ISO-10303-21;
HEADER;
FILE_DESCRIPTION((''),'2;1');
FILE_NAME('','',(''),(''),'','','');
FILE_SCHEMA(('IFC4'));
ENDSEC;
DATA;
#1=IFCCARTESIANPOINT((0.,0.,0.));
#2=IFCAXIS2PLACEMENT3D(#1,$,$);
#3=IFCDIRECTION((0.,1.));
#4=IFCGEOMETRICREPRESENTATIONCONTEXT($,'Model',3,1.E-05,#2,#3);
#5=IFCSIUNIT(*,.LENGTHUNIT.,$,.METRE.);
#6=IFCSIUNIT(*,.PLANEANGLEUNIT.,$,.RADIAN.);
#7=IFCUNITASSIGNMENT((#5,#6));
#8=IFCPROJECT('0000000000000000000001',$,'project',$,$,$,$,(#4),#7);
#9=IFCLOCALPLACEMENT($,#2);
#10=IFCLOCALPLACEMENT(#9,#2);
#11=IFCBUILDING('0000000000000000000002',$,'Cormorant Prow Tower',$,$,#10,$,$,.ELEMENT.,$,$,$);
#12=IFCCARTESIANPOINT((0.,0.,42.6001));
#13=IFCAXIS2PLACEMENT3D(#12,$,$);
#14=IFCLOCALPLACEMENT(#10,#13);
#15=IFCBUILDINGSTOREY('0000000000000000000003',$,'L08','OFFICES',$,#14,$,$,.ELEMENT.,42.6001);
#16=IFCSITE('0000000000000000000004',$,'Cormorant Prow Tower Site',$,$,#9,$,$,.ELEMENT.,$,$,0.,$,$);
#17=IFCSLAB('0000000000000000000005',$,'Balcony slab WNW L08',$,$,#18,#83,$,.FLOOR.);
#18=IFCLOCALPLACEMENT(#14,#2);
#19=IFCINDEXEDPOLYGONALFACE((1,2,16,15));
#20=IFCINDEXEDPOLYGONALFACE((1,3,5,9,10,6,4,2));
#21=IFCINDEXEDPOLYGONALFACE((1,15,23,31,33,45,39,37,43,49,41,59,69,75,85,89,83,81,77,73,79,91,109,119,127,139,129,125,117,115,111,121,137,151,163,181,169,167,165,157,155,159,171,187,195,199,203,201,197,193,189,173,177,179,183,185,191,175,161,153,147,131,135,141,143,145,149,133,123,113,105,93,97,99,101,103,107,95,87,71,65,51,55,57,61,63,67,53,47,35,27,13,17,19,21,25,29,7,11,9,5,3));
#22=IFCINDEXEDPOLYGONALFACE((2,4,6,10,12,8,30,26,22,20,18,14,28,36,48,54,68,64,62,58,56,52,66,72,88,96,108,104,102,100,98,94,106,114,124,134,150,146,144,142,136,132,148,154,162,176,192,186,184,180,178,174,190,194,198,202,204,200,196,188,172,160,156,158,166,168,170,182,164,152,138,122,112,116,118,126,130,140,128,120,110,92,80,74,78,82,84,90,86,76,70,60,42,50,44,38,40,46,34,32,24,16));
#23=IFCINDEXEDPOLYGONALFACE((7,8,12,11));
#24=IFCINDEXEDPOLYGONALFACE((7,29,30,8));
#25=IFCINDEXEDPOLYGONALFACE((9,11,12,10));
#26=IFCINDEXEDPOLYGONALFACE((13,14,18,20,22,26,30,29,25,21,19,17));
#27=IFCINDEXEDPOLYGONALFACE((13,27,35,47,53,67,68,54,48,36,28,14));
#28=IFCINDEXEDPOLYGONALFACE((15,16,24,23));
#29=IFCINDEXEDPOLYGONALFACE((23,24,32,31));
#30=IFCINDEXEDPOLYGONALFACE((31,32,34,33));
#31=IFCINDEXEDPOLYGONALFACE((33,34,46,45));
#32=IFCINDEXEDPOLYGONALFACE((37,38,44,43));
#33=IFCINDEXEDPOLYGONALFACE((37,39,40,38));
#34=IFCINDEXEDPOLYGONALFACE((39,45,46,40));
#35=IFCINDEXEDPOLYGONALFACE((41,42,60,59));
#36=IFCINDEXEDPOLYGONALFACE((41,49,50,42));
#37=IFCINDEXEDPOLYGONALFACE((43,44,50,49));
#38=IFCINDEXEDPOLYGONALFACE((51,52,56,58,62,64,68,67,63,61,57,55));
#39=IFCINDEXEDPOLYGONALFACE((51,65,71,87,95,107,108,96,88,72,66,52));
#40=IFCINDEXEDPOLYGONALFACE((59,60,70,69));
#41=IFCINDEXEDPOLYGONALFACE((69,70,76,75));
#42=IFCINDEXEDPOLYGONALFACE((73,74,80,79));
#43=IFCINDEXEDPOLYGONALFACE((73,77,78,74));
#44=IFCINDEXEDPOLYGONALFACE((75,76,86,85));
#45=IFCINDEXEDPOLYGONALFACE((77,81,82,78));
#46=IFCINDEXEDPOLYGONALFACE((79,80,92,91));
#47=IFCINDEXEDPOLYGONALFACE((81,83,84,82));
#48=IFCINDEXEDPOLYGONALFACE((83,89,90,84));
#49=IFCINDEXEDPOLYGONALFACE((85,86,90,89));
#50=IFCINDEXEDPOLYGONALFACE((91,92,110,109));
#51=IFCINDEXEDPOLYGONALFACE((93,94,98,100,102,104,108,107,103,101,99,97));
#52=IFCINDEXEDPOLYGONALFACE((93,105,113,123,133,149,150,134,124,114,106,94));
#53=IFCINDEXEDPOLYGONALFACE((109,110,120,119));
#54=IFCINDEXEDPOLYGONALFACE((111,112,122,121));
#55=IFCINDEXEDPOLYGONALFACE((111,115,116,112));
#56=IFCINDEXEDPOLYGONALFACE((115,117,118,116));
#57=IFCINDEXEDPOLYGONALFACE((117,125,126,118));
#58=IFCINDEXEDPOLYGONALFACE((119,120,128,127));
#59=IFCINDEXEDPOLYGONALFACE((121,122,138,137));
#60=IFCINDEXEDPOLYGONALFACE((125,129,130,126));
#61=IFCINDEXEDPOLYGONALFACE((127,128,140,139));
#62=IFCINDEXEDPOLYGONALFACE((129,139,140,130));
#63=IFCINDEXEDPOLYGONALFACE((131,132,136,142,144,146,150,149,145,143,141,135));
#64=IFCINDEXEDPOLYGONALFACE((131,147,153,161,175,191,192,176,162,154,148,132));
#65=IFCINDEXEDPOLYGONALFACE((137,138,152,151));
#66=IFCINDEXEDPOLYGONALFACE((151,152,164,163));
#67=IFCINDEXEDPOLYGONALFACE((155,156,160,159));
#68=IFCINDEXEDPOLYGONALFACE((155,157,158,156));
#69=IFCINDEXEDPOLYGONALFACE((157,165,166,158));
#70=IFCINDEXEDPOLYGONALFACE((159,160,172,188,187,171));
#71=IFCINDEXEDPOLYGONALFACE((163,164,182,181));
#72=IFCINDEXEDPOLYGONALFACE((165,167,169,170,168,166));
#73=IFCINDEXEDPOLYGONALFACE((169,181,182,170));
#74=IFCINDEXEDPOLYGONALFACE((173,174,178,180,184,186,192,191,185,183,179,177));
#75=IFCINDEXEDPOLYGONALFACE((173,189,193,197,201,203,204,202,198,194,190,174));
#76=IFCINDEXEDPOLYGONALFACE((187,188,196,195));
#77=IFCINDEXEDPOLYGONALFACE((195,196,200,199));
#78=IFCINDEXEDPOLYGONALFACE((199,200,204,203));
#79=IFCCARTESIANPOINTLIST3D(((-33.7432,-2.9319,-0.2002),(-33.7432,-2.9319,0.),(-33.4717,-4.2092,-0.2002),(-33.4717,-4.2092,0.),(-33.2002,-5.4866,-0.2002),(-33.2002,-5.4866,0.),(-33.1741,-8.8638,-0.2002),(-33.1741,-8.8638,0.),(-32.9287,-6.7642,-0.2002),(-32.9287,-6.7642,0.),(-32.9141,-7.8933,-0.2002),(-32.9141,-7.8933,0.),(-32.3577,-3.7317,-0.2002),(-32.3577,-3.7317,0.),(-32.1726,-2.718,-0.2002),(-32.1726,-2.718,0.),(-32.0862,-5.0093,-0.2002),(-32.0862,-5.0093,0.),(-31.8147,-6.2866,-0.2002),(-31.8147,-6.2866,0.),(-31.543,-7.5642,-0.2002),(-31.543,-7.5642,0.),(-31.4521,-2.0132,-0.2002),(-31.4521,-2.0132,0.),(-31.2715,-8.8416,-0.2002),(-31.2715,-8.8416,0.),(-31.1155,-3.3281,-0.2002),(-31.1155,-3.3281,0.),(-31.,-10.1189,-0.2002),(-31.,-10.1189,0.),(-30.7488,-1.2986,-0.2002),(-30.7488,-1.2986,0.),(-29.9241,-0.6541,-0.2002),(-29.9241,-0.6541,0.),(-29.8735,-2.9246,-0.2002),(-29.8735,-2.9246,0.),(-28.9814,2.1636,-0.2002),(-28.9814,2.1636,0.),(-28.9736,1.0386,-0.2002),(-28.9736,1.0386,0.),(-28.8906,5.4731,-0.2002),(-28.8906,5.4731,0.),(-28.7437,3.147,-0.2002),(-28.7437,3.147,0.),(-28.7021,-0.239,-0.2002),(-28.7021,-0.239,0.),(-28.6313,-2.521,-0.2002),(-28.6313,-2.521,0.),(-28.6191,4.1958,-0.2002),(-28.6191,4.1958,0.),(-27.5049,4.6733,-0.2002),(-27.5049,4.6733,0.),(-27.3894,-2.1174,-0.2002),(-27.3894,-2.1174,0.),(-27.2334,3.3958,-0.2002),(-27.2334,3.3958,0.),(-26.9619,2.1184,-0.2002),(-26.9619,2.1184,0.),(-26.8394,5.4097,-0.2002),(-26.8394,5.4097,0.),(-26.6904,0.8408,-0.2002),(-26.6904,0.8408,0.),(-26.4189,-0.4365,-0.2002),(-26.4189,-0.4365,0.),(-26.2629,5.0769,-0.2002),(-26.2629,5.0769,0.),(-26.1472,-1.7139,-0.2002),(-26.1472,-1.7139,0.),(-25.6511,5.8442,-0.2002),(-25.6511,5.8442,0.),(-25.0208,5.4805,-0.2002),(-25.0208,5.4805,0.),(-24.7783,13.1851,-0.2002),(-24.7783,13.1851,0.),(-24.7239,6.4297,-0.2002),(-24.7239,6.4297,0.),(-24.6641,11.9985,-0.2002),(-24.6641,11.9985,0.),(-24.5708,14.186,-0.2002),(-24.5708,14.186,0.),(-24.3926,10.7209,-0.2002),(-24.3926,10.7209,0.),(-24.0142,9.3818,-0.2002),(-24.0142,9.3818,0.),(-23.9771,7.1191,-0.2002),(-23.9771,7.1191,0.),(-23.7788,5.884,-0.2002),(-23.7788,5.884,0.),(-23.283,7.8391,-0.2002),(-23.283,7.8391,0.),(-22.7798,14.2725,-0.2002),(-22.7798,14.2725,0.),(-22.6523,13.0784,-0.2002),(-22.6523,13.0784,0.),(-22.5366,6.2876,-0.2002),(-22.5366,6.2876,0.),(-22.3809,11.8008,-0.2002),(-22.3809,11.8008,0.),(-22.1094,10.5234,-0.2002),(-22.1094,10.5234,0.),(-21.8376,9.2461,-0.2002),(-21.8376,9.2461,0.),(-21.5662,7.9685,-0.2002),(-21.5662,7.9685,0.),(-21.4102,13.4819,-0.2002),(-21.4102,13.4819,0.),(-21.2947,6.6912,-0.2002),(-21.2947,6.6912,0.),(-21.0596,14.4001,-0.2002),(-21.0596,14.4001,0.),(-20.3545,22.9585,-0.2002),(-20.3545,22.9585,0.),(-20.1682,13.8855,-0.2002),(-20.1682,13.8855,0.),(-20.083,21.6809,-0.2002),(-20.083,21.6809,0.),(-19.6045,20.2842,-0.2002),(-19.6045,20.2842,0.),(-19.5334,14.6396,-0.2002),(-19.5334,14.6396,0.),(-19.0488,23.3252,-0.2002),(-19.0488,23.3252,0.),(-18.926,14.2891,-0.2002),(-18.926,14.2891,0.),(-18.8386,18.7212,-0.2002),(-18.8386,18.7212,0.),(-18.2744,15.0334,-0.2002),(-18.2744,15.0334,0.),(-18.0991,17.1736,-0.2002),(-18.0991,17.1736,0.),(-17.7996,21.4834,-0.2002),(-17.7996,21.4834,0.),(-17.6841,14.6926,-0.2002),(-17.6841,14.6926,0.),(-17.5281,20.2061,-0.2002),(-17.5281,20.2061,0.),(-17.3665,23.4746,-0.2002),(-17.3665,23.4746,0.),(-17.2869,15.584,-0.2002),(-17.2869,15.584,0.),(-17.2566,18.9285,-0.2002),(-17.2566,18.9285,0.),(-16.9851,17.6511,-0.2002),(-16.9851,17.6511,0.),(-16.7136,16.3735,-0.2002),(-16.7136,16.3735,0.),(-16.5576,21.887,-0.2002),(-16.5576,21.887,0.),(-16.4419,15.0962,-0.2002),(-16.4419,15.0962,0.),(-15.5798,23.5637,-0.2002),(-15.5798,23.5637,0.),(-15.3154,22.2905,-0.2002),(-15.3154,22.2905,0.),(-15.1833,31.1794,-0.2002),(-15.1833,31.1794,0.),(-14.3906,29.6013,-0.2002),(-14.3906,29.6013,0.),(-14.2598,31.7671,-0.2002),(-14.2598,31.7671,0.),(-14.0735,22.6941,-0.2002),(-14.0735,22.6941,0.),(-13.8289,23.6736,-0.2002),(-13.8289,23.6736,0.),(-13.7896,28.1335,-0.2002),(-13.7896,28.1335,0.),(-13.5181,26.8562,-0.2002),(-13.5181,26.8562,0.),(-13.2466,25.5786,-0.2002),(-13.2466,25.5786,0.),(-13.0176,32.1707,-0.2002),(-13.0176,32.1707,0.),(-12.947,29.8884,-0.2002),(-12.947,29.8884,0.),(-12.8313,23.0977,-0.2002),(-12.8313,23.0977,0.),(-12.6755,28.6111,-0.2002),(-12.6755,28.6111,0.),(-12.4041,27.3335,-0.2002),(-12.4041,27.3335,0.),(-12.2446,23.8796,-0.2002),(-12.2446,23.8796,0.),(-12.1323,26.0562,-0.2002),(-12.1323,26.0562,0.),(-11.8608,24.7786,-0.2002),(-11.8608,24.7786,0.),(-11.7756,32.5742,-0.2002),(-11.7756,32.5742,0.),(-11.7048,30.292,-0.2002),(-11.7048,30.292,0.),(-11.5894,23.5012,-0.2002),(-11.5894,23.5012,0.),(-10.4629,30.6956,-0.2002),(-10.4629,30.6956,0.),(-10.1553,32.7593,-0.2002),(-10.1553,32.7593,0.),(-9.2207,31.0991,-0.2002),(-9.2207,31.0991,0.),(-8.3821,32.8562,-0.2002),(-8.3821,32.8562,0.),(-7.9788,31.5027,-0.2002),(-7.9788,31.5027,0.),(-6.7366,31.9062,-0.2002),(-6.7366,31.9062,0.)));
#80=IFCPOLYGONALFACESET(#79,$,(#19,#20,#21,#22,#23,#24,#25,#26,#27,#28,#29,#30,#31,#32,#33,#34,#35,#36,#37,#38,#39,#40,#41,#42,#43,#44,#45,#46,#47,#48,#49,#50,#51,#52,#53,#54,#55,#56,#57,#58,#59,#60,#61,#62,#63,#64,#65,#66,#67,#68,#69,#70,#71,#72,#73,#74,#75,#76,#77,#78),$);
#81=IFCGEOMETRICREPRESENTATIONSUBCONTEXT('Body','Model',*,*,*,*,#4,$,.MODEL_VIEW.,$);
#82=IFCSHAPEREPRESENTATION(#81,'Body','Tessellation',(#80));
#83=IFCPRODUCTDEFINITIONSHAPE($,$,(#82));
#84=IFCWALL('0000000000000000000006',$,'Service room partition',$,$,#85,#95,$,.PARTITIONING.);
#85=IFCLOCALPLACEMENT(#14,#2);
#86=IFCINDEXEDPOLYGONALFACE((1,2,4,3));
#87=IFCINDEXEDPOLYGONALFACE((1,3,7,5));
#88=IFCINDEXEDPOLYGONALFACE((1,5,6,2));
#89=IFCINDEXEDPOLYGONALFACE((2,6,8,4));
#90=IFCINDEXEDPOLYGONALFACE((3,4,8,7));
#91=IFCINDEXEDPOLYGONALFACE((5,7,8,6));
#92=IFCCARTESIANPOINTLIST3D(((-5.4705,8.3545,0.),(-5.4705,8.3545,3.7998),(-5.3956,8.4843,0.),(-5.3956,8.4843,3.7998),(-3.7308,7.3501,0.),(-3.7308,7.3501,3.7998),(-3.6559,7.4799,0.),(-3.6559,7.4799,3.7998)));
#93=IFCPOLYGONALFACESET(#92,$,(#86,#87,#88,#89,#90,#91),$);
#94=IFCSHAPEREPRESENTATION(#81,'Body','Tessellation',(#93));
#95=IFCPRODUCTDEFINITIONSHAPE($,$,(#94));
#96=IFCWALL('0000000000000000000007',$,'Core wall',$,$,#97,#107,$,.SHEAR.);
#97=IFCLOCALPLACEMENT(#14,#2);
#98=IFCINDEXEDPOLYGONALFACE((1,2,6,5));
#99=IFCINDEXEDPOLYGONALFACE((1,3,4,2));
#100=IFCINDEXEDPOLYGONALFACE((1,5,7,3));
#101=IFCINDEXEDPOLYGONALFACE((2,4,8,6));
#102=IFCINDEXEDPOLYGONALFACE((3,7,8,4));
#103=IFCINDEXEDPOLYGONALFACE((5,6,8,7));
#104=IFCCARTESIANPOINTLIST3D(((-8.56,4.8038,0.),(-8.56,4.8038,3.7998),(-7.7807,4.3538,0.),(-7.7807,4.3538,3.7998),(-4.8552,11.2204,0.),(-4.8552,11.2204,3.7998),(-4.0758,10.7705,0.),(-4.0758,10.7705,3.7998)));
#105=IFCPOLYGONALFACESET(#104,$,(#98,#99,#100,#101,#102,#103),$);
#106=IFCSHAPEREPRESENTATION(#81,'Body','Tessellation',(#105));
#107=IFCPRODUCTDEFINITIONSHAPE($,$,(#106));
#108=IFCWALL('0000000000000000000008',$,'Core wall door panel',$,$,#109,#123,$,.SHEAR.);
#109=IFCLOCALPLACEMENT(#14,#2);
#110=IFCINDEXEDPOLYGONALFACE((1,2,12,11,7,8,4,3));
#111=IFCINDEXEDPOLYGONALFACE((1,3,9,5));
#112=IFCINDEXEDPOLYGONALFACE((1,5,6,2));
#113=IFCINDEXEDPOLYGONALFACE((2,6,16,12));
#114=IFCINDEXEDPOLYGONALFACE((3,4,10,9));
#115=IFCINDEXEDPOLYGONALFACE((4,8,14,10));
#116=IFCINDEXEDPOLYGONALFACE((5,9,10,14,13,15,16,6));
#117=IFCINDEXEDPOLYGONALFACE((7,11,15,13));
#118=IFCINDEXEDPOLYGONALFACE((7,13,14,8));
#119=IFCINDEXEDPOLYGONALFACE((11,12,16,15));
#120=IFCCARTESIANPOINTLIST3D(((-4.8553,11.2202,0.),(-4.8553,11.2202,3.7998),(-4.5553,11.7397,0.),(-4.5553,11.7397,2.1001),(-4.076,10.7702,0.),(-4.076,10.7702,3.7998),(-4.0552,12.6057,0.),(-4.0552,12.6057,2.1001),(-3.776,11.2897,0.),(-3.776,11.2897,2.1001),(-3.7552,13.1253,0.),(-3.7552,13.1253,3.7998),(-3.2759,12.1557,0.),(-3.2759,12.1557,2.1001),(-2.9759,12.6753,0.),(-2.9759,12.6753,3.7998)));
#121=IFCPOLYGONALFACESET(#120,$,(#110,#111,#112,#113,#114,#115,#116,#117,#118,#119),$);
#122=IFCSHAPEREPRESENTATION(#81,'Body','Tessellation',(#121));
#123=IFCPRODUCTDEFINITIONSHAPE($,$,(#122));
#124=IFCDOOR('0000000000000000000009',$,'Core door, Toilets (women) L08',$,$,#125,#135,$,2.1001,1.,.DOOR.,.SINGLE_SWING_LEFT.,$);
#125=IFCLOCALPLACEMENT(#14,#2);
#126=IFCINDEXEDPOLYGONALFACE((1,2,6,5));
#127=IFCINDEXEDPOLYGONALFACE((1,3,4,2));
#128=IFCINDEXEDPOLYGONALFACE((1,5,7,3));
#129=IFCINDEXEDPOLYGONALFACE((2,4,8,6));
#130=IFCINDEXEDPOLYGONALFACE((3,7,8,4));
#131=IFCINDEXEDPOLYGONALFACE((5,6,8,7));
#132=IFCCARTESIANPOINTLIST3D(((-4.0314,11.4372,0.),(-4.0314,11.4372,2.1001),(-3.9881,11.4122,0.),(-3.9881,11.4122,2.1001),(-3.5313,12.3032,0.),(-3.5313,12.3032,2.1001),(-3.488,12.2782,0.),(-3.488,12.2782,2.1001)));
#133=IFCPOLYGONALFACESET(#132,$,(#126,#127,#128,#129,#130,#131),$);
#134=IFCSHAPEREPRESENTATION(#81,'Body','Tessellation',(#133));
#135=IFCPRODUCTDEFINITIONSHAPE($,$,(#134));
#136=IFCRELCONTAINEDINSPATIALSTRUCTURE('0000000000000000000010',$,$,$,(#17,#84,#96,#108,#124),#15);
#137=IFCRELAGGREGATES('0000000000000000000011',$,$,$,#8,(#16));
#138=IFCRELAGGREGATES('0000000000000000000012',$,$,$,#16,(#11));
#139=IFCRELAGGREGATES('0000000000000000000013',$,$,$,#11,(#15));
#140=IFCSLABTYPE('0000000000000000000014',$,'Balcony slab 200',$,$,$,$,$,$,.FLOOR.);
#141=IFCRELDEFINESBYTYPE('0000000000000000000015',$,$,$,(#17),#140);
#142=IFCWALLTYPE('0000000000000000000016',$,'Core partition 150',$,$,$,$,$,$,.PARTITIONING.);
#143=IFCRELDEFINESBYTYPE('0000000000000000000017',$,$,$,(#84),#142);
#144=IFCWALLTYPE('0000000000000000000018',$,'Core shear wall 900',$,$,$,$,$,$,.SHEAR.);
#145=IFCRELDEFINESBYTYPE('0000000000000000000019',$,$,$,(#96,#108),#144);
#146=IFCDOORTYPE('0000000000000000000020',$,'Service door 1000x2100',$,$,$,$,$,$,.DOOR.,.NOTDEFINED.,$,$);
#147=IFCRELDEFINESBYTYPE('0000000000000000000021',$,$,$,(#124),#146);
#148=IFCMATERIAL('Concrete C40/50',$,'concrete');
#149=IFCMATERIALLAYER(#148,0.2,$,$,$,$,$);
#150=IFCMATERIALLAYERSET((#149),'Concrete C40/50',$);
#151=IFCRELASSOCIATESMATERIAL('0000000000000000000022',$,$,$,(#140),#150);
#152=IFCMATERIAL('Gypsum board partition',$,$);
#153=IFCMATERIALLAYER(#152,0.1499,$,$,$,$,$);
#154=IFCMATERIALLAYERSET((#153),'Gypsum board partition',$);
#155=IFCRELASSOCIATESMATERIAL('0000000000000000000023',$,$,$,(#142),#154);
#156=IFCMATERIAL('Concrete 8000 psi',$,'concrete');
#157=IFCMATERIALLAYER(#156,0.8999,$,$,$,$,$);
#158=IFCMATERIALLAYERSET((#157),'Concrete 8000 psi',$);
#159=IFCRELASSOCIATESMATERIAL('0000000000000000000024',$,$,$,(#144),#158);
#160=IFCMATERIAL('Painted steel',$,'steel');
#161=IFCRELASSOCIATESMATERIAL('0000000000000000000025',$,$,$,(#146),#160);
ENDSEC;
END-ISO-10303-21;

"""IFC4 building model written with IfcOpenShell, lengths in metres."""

from ifc_helpers import new_model, si_unit, direction, frame, frame_2d, origin, place, context, subcontext, project, spatial, polyline, rectangle, outline, extrude, material, layer, layer_set, type_object, element, fill, save


model = new_model("IFC4")

# Units and contexts
model_context = context("Model", 3, precision=1e-05, world=origin(), true_north=direction((0.0, 1.0)))
body_context = subcontext(model_context, "Body", "Model", "MODEL_VIEW")
ifc_project = project(units=[si_unit("LENGTHUNIT", "METRE"), si_unit("PLANEANGLEUNIT", "RADIAN")], contexts=[model_context])

# Site, building, storey
site_placement = place(None, origin())
site = spatial("IfcSite", under=ifc_project, at=site_placement, Name="Cormorant Prow Tower Site", CompositionType="ELEMENT", RefElevation=0.0)
building_placement = place(site_placement, origin())
building = spatial("IfcBuilding", under=site, at=building_placement, Name="Cormorant Prow Tower", CompositionType="ELEMENT")
storey_placement = place(building_placement, frame((0.0, 0.0, 42.6001)))
storey = spatial("IfcBuildingStorey", under=building, at=storey_placement, Name="L08", Description="OFFICES", CompositionType="ELEMENT", Elevation=42.6001)

# Slab
ifc_material_1 = material(Name="Concrete C40/50", Category="concrete")
ifc_layer_1 = layer(ifc_material_1, 0.2)
ifc_layer_set_1 = layer_set([ifc_layer_1], Name="Concrete C40/50")
slab_type = type_object("IfcSlabType", Name="Balcony slab 200", PredefinedType="FLOOR", material=ifc_layer_set_1)
slab_placement = place(storey_placement, frame((0.0, 0.0, -0.2002)))
element("IfcSlab", 1, at=slab_placement, inside=storey, type_object=slab_type, Name="Balcony slab WNW L08", PredefinedType="FLOOR", context=body_context, shape_type="SweptSolid", body=[
    extrude(outline(polyline([(-6.7366, 31.9062), (-8.3821, 32.8562), (-10.1553, 32.7593), (-11.7756, 32.5742), (-13.0176, 32.1707), (-14.2598, 31.7671), (-15.1833, 31.1794), (-14.3906, 29.6013), (-13.7896, 28.1335), (-13.5181, 26.8562), (-13.2466, 25.5786), (-12.2446, 23.8796), (-13.8289, 23.6736), (-15.5798, 23.5637), (-17.3665, 23.4746), (-19.0488, 23.3252), (-20.3545, 22.9585), (-20.083, 21.6809), (-19.6045, 20.2842), (-18.8386, 18.7212), (-18.0991, 17.1736), (-17.2869, 15.584), (-18.2744, 15.0334), (-19.5334, 14.6396), (-21.0596, 14.4001), (-22.7798, 14.2725), (-24.5708, 14.186), (-24.7783, 13.1851), (-24.6641, 11.9985), (-24.3926, 10.7209), (-24.0142, 9.3818), (-23.283, 7.8391), (-23.9771, 7.1191), (-24.7239, 6.4297), (-25.6511, 5.8442), (-26.8394, 5.4097), (-28.8906, 5.4731), (-28.6191, 4.1958), (-28.7437, 3.147), (-28.9814, 2.1636), (-28.9736, 1.0386), (-28.7021, -0.239), (-29.9241, -0.6541), (-30.7488, -1.2986), (-31.4521, -2.0132), (-32.1726, -2.718), (-33.7432, -2.9319), (-33.4717, -4.2092), (-33.2002, -5.4866), (-32.9287, -6.7642), (-32.9141, -7.8933), (-33.1741, -8.8638), (-31.0, -10.1189), (-31.2715, -8.8416), (-31.543, -7.5642), (-31.8147, -6.2866), (-32.0862, -5.0093), (-32.3577, -3.7317), (-31.1155, -3.3281), (-29.8735, -2.9246), (-28.6313, -2.521), (-27.3894, -2.1174), (-26.1472, -1.7139), (-26.4189, -0.4365), (-26.6904, 0.8408), (-26.9619, 2.1184), (-27.2334, 3.3958), (-27.5049, 4.6733), (-26.2629, 5.0769), (-25.0208, 5.4805), (-23.7788, 5.884), (-22.5366, 6.2876), (-21.2947, 6.6912), (-21.5662, 7.9685), (-21.8376, 9.2461), (-22.1094, 10.5234), (-22.3809, 11.8008), (-22.6523, 13.0784), (-21.4102, 13.4819), (-20.1682, 13.8855), (-18.926, 14.2891), (-17.6841, 14.6926), (-16.4419, 15.0962), (-16.7136, 16.3735), (-16.9851, 17.6511), (-17.2566, 18.9285), (-17.5281, 20.2061), (-17.7996, 21.4834), (-16.5576, 21.887), (-15.3154, 22.2905), (-14.0735, 22.6941), (-12.8313, 23.0977), (-11.5894, 23.5012), (-11.8608, 24.7786), (-12.1323, 26.0562), (-12.4041, 27.3335), (-12.6755, 28.6111), (-12.947, 29.8884), (-11.7048, 30.292), (-10.4629, 30.6956), (-9.2207, 31.0991), (-7.9788, 31.5027), (-6.7366, 31.9062)])), origin(), (0.0, 0.0, 1.0), 0.2002),
])

# Walls
ifc_material_2 = material(Name="Gypsum board partition")
ifc_layer_2 = layer(ifc_material_2, 0.1499)
ifc_layer_set_2 = layer_set([ifc_layer_2], Name="Gypsum board partition")
wall_type_1 = type_object("IfcWallType", Name="Core partition 150", PredefinedType="PARTITIONING", material=ifc_layer_set_2)
wall_1_placement = place(storey_placement, frame((-3.6934, 7.415, 0.0), z_axis=(0.0, 0.0, 1.0), x_axis=(-0.866036, 0.499982, 0.0)))
element("IfcWall", 2, at=wall_1_placement, inside=storey, type_object=wall_type_1, Name="Service room partition", PredefinedType="PARTITIONING", context=body_context, shape_type="SweptSolid", body=[
    extrude(rectangle(XDim=2.0088, YDim=0.1499, at=frame_2d((1.0044, 0.0))), origin(), (0.0, 0.0, 1.0), 3.7998),
])
ifc_material_3 = material(Name="Concrete 8000 psi", Category="concrete")
ifc_layer_3 = layer(ifc_material_3, 0.8999)
ifc_layer_set_3 = layer_set([ifc_layer_3], Name="Concrete 8000 psi")
wall_type_2 = type_object("IfcWallType", Name="Core shear wall 900", PredefinedType="SHEAR", material=ifc_layer_set_3)
wall_2_placement = place(storey_placement, frame((-4.4656, 10.9954, 0.0), z_axis=(0.0, 0.0, 1.0), x_axis=(-0.500012, -0.866018, 0.0)))
element("IfcWall", 3, at=wall_2_placement, inside=storey, type_object=wall_type_2, Name="Core wall", PredefinedType="SHEAR", context=body_context, shape_type="SweptSolid", body=[
    extrude(rectangle(XDim=7.4094, YDim=0.8999, at=frame_2d((3.7046, 0.0))), origin(), (0.0, 0.0, 1.0), 3.7998),
])

# Wall, opening, door
wall_3_placement = place(storey_placement, frame((-3.3655, 12.9004, 0.0), z_axis=(0.0, 0.0, 1.0), x_axis=(-0.500078, -0.86598, 0.0)))
wall_3 = element("IfcWall", 4, at=wall_3_placement, inside=storey, type_object=wall_type_2, Name="Core wall door panel", PredefinedType="SHEAR", context=body_context, shape_type="SweptSolid", body=[
    extrude(rectangle(XDim=2.2, YDim=0.8999, at=frame_2d((1.1001, 0.0))), origin(), (0.0, 0.0, 1.0), 3.7998),
])
opening_1_placement = place(wall_3_placement, frame((0.6001, 0.0, 0.0)))
opening_1 = element("IfcOpeningElement", 5, at=opening_1_placement, cuts=wall_3, PredefinedType="OPENING", context=body_context, shape_type="SweptSolid", body=[
    extrude(rectangle(XDim=1.0, YDim=2.1001, at=frame_2d((0.5, 1.05))), frame((0.0, 0.46, 0.0), z_axis=(0.0, -1.0, 0.0), x_axis=(1.0, 0.0, 0.0)), (0.0, 0.0, 1.0), 0.9199),
])
ifc_material_4 = material(Name="Painted steel", Category="steel")
door_type_1 = type_object("IfcDoorType", Name="Service door 1000x2100", OperationType="NOTDEFINED", PredefinedType="DOOR", material=ifc_material_4)
door_1_placement = place(opening_1_placement, origin())
door_1 = element("IfcDoor", 6, at=door_1_placement, inside=storey, type_object=door_type_1, Name="Core door, Toilets (women) L08", OperationType="SINGLE_SWING_LEFT", OverallHeight=2.1001, OverallWidth=1.0, PredefinedType="DOOR", context=body_context, shape_type="SweptSolid", body=[
    extrude(rectangle(XDim=1.0, YDim=2.1001, at=frame_2d((0.5, 1.05))), frame((0.0, 0.2051, 0.0), z_axis=(0.0, -1.0, 0.0), x_axis=(1.0, 0.0, 0.0)), (0.0, 0.0, 1.0), 0.05),
])
fill(opening_1, door_1)

save(model, "model.ifc")
